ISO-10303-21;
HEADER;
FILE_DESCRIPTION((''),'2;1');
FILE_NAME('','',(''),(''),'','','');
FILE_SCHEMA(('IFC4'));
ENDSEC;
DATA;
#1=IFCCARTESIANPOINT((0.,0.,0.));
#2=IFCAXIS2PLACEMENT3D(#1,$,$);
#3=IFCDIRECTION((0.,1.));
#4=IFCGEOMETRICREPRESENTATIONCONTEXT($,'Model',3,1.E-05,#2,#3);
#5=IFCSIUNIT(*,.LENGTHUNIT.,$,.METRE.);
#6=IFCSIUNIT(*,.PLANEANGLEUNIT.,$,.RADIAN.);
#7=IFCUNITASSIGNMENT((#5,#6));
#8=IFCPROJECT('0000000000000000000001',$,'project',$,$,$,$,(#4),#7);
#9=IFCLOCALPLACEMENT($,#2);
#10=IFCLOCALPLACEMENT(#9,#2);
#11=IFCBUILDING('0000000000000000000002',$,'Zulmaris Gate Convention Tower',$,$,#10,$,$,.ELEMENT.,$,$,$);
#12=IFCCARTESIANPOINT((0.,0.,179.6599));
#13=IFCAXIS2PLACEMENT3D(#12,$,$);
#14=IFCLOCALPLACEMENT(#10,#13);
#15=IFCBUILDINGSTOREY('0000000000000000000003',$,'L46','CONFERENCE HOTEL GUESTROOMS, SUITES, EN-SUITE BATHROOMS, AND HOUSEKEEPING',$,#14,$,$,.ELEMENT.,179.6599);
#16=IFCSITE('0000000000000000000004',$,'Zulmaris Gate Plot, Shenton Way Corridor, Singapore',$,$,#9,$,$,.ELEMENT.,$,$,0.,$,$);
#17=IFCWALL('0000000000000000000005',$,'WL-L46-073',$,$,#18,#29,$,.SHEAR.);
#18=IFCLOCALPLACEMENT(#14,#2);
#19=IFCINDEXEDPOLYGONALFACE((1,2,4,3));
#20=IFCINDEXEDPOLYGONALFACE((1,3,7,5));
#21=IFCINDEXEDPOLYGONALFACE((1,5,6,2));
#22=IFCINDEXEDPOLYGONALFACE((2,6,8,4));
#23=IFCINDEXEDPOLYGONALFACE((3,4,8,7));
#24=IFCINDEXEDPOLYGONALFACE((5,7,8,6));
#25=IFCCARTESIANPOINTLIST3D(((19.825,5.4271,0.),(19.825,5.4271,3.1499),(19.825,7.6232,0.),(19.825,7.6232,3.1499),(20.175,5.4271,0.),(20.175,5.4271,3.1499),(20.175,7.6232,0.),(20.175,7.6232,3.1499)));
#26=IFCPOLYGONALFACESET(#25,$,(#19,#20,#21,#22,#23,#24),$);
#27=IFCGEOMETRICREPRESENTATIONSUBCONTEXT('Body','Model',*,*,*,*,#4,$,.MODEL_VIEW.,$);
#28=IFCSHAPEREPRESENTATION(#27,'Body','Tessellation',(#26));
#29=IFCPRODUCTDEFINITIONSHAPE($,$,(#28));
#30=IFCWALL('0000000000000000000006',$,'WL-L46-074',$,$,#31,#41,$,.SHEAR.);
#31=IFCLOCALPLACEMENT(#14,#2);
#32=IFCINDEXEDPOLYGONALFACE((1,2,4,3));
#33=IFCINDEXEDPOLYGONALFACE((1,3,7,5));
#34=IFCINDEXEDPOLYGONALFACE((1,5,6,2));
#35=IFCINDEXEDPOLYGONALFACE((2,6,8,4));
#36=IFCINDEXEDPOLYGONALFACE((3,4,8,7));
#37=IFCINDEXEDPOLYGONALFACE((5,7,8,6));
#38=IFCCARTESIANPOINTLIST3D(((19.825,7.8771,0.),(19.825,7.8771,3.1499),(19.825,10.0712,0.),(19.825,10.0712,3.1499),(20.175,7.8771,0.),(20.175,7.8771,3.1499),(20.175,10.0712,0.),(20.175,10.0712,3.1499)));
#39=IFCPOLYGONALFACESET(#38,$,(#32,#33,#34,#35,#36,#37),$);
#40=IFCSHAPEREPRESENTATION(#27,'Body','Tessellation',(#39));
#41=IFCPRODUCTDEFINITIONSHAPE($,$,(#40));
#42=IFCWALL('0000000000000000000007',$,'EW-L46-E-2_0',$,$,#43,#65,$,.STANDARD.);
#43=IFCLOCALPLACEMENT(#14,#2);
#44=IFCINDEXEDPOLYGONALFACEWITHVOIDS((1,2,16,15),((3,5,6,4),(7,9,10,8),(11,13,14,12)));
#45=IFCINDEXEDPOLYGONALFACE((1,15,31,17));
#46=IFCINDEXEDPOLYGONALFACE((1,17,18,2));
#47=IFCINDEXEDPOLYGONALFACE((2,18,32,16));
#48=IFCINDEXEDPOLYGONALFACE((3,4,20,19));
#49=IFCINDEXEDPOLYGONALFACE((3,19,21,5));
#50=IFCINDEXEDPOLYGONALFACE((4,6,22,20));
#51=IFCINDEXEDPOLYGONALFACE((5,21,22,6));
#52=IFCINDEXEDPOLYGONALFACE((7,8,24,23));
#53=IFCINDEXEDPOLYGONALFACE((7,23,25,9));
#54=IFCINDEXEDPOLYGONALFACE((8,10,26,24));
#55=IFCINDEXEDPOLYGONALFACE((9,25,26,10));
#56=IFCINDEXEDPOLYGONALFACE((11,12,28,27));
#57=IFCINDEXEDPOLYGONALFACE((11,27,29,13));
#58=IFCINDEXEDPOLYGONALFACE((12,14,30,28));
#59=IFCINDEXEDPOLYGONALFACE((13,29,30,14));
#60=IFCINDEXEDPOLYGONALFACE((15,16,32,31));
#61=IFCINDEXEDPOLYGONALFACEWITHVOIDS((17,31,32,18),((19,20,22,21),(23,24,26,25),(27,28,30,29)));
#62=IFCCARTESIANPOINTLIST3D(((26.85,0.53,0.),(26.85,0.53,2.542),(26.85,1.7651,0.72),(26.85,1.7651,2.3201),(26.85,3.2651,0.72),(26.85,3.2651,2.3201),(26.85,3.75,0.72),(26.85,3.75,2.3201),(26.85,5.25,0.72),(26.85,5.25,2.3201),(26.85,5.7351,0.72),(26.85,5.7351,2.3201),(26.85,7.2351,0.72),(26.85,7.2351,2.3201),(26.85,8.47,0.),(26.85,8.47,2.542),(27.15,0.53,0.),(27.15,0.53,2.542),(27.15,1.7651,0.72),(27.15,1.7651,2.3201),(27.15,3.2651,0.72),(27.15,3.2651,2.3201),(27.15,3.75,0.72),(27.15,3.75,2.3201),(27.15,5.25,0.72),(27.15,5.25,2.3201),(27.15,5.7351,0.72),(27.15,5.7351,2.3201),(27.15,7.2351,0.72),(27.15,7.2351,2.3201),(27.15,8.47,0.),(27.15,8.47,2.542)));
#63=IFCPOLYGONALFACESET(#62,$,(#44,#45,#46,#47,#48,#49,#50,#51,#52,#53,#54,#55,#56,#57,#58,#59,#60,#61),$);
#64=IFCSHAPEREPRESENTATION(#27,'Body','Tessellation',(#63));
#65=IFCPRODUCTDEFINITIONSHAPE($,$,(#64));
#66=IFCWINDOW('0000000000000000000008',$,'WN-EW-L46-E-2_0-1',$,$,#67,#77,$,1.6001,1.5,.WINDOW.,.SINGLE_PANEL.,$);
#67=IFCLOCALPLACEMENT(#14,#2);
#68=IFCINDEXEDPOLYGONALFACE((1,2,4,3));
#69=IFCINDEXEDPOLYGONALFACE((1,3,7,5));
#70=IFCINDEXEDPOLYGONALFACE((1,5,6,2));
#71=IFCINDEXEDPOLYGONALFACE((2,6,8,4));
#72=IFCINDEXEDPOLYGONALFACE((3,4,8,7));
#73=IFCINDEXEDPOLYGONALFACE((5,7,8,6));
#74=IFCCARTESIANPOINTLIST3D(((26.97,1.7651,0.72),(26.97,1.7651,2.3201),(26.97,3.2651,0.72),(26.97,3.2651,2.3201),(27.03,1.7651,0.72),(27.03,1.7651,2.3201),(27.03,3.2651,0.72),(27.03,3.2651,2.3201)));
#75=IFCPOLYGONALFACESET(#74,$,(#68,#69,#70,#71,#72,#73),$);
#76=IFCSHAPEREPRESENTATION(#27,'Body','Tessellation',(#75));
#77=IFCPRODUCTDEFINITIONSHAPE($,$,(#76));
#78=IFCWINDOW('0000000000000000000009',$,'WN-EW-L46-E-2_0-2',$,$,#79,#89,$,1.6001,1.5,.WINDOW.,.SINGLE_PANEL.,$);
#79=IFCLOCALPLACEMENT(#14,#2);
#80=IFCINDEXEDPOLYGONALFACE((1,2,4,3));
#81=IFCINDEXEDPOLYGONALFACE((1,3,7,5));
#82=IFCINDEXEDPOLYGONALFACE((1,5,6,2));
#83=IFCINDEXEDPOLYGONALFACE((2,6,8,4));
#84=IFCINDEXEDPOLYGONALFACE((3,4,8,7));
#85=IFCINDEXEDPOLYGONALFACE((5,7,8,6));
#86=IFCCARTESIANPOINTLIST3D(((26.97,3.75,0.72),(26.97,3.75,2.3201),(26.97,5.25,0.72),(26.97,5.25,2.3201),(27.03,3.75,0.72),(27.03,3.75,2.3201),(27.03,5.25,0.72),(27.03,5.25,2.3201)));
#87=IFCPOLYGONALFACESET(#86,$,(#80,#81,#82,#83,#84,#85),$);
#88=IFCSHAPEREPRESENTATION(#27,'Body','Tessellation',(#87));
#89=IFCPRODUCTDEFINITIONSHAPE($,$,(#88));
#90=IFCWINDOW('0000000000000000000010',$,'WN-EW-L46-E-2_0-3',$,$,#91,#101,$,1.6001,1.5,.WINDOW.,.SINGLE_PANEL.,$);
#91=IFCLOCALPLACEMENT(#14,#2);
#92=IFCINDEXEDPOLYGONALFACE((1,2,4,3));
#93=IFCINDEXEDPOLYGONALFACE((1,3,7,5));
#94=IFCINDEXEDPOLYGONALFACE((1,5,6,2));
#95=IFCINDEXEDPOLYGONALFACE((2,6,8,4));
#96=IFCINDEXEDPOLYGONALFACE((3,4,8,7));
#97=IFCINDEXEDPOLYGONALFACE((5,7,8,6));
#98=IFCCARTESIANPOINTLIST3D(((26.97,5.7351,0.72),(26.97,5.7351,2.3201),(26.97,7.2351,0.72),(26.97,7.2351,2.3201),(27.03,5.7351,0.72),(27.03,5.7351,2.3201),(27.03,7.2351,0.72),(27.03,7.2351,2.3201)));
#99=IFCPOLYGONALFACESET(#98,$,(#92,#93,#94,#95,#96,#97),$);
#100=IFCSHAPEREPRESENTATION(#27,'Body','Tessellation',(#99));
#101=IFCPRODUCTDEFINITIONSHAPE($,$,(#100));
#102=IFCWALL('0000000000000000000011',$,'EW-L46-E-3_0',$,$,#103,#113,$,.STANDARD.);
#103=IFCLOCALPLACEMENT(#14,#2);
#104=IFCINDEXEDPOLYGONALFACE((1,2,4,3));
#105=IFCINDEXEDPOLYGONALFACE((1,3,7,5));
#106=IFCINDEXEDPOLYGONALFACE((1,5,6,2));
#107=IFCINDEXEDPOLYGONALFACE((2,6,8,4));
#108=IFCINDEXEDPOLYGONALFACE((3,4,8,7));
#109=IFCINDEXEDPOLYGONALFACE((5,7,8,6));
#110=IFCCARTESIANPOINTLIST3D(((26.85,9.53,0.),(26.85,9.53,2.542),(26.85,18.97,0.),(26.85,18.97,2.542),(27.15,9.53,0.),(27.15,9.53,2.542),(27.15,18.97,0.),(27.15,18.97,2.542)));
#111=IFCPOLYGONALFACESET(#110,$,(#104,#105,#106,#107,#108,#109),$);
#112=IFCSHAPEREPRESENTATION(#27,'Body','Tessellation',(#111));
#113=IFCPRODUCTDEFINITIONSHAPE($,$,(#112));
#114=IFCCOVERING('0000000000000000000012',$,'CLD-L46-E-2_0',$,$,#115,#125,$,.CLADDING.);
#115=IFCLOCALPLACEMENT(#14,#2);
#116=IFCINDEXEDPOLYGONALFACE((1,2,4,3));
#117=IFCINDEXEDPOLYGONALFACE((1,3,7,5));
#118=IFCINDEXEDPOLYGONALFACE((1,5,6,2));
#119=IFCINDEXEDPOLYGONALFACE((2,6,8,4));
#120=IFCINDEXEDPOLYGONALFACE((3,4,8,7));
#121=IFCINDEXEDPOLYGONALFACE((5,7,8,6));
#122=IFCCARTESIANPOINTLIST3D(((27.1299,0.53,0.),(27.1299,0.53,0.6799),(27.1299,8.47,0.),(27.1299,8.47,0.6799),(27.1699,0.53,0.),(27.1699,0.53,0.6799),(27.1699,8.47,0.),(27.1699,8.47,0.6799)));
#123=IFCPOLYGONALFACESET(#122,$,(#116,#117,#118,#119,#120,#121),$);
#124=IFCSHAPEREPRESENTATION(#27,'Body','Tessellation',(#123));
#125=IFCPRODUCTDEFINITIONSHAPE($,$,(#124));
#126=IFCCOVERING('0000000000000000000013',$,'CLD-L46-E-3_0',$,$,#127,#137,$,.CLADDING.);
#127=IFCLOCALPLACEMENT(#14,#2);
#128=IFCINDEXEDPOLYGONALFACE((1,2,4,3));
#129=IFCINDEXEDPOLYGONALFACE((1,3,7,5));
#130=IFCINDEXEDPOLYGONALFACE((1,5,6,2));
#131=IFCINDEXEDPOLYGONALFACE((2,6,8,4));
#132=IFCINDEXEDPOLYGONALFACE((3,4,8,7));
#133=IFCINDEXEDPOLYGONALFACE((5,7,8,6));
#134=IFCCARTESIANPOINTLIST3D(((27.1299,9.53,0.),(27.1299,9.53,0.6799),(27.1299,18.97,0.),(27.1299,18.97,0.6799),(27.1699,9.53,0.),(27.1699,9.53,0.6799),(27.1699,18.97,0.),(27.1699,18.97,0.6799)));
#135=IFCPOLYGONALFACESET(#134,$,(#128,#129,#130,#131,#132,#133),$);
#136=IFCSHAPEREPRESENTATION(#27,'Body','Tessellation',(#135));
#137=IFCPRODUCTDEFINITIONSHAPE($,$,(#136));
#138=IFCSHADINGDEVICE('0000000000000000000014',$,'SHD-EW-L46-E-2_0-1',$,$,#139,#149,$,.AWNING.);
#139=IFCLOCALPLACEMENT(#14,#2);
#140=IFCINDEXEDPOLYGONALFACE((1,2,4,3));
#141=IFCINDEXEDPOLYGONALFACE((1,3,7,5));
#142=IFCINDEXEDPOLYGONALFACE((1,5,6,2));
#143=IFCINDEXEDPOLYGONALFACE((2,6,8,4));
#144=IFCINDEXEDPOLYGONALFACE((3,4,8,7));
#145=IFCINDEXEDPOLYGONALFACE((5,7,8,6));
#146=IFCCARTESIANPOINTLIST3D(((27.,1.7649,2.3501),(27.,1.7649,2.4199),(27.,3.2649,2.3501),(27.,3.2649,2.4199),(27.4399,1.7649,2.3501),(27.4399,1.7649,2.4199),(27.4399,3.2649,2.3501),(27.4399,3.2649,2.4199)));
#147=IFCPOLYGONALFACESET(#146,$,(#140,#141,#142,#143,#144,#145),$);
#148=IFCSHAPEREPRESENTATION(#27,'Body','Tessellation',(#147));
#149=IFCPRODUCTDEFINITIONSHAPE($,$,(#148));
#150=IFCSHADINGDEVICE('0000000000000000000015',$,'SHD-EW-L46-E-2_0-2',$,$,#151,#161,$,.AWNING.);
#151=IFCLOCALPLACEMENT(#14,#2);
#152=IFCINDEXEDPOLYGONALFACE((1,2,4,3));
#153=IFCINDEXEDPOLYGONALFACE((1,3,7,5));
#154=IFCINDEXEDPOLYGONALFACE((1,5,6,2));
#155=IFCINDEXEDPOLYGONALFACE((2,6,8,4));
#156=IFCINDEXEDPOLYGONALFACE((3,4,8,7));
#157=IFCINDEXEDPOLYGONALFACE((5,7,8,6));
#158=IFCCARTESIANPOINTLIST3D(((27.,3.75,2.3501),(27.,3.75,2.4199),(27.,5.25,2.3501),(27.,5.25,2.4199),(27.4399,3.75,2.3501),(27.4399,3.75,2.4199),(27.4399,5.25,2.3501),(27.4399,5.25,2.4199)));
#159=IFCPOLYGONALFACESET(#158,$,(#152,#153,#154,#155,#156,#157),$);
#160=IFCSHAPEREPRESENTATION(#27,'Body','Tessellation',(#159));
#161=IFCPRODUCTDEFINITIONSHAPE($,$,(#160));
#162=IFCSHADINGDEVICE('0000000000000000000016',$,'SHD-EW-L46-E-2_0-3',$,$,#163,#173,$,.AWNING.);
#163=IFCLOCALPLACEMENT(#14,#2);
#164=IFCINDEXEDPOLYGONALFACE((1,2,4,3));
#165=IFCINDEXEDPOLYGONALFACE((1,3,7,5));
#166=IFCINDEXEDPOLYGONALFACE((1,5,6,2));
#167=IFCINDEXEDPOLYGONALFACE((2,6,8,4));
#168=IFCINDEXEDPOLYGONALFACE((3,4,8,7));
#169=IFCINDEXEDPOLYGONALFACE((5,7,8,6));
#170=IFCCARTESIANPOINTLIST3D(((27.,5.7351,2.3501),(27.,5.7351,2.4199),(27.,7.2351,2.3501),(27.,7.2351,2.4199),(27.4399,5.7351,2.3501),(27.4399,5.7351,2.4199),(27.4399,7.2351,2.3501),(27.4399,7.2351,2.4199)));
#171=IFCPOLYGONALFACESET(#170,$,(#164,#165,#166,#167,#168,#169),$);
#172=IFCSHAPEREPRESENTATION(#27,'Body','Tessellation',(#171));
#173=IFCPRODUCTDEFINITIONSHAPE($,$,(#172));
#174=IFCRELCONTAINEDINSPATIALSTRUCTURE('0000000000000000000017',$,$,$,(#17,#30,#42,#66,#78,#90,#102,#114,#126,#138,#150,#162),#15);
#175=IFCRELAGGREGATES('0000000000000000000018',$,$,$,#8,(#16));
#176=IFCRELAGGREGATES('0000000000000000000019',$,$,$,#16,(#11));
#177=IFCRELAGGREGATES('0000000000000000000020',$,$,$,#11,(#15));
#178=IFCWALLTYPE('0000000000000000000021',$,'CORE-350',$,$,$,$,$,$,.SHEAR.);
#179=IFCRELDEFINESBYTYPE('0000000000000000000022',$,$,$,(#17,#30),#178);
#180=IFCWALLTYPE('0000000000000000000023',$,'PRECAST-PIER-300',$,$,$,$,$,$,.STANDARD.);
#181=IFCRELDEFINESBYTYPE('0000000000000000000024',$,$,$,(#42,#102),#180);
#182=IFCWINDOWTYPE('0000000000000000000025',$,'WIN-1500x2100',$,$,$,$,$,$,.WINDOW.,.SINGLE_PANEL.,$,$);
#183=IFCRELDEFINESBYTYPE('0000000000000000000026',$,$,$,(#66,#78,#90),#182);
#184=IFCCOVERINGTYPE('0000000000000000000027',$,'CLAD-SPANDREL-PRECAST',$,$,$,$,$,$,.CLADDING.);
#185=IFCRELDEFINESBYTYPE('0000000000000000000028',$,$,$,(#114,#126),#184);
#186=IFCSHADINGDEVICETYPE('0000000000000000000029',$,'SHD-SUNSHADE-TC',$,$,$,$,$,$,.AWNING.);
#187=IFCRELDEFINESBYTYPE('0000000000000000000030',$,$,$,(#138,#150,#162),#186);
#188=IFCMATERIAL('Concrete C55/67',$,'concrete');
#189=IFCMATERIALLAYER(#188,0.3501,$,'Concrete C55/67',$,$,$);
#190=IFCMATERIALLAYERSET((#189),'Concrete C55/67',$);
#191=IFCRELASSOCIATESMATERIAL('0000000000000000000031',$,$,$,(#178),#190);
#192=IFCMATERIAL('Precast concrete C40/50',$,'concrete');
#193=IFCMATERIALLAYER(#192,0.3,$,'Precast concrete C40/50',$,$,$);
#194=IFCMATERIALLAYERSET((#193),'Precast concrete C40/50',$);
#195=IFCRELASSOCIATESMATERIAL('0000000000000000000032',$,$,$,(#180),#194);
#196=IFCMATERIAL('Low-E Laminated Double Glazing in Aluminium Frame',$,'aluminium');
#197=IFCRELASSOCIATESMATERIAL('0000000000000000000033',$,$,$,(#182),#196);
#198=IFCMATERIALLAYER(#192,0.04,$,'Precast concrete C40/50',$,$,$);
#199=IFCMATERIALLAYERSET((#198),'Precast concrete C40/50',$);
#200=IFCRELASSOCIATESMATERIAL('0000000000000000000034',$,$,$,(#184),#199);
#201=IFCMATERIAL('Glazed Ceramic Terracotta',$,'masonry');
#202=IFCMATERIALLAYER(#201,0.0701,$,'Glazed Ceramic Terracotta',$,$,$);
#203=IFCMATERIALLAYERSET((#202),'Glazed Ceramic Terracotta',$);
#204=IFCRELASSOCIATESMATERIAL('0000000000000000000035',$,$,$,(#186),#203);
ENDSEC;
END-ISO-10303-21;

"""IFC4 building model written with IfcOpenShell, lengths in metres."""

from ifc_helpers import new_model, si_unit, direction, frame, frame_2d, origin, place, context, subcontext, project, spatial, rectangle, extrude, material, layer, layer_set, type_object, element, fill, save


model = new_model("IFC4")

# Units and contexts
model_context = context("Model", 3, precision=1e-05, world=origin(), true_north=direction((0.0, 1.0)))
body_context = subcontext(model_context, "Body", "Model", "MODEL_VIEW")
ifc_project = project(units=[si_unit("LENGTHUNIT", "METRE"), si_unit("PLANEANGLEUNIT", "RADIAN")], contexts=[model_context])

# Site, building, storey
site_placement = place(None, origin())
site = spatial("IfcSite", under=ifc_project, at=site_placement, Name="Zulmaris Gate Plot, Shenton Way Corridor, Singapore", CompositionType="ELEMENT", RefElevation=0.0)
building_placement = place(site_placement, origin())
building = spatial("IfcBuilding", under=site, at=building_placement, Name="Zulmaris Gate Convention Tower", CompositionType="ELEMENT")
storey_placement = place(building_placement, frame((0.0, 0.0, 179.6599)))
storey = spatial("IfcBuildingStorey", under=building, at=storey_placement, Name="L46", Description="CONFERENCE HOTEL GUESTROOMS, SUITES, EN-SUITE BATHROOMS, AND HOUSEKEEPING", CompositionType="ELEMENT", Elevation=179.6599)

# Walls
ifc_material_1 = material(Name="Concrete C55/67", Category="concrete")
ifc_layer_1 = layer(ifc_material_1, 0.3501, Name="Concrete C55/67")
ifc_layer_set_1 = layer_set([ifc_layer_1], Name="Concrete C55/67")
wall_type_1 = type_object("IfcWallType", Name="CORE-350", PredefinedType="SHEAR", material=ifc_layer_set_1)
wall_1_placement = place(storey_placement, frame((20.0, 5.427, 0.0), z_axis=(0.0, 0.0, 1.0), x_axis=(0.0, 1.0, 0.0)))
element("IfcWall", 1, at=wall_1_placement, inside=storey, type_object=wall_type_1, Name="WL-L46-073", PredefinedType="SHEAR", context=body_context, shape_type="SweptSolid", body=[
    extrude(rectangle(XDim=2.196, YDim=0.3501, at=frame_2d((1.0981, 0.0))), origin(), (0.0, 0.0, 1.0), 3.1499),
])
wall_2_placement = place(storey_placement, frame((20.0, 7.877, 0.0), z_axis=(0.0, 0.0, 1.0), x_axis=(0.0, 1.0, 0.0)))
element("IfcWall", 2, at=wall_2_placement, inside=storey, type_object=wall_type_1, Name="WL-L46-074", PredefinedType="SHEAR", context=body_context, shape_type="SweptSolid", body=[
    extrude(rectangle(XDim=2.1941, YDim=0.3501, at=frame_2d((1.0972, 0.0))), origin(), (0.0, 0.0, 1.0), 3.1499),
])

# Wall, openings, windows
ifc_material_2 = material(Name="Precast concrete C40/50", Category="concrete")
ifc_layer_2 = layer(ifc_material_2, 0.3, Name="Precast concrete C40/50")
ifc_layer_set_2 = layer_set([ifc_layer_2], Name="Precast concrete C40/50")
wall_type_2 = type_object("IfcWallType", Name="PRECAST-PIER-300", PredefinedType="STANDARD", material=ifc_layer_set_2)
wall_3_placement = place(storey_placement, frame((27.0, 0.53, 0.0), z_axis=(0.0, 0.0, 1.0), x_axis=(0.0, 1.0, 0.0)))
wall_3 = element("IfcWall", 3, at=wall_3_placement, inside=storey, type_object=wall_type_2, Name="EW-L46-E-2_0", PredefinedType="STANDARD", context=body_context, shape_type="SweptSolid", body=[
    extrude(rectangle(XDim=7.9399, YDim=0.3, at=frame_2d((3.97, 0.0))), origin(), (0.0, 0.0, 1.0), 2.542),
])
opening_1_placement = place(wall_3_placement, frame((1.2351, 0.0, 0.72)))
opening_1 = element("IfcOpeningElement", 4, at=opening_1_placement, cuts=wall_3, PredefinedType="OPENING", context=body_context, shape_type="SweptSolid", body=[
    extrude(rectangle(XDim=1.5, YDim=1.6001, at=frame_2d((0.75, 0.8))), frame((0.0, 0.1602, 0.0), z_axis=(0.0, -1.0, 0.0), x_axis=(1.0, 0.0, 0.0)), (0.0, 0.0, 1.0), 0.3201),
])
opening_2_placement = place(wall_3_placement, frame((3.22, 0.0, 0.72)))
opening_2 = element("IfcOpeningElement", 5, at=opening_2_placement, cuts=wall_3, PredefinedType="OPENING", context=body_context, shape_type="SweptSolid", body=[
    extrude(rectangle(XDim=1.5, YDim=1.6001, at=frame_2d((0.75, 0.8))), frame((0.0, 0.1602, 0.0), z_axis=(0.0, -1.0, 0.0), x_axis=(1.0, 0.0, 0.0)), (0.0, 0.0, 1.0), 0.3201),
])
opening_3_placement = place(wall_3_placement, frame((5.2051, 0.0, 0.72)))
opening_3 = element("IfcOpeningElement", 6, at=opening_3_placement, cuts=wall_3, PredefinedType="OPENING", context=body_context, shape_type="SweptSolid", body=[
    extrude(rectangle(XDim=1.5, YDim=1.6001, at=frame_2d((0.75, 0.8))), frame((0.0, 0.1602, 0.0), z_axis=(0.0, -1.0, 0.0), x_axis=(1.0, 0.0, 0.0)), (0.0, 0.0, 1.0), 0.3201),
])
ifc_material_3 = material(Name="Low-E Laminated Double Glazing in Aluminium Frame", Category="aluminium")
window_type = type_object("IfcWindowType", Name="WIN-1500x2100", PartitioningType="SINGLE_PANEL", PredefinedType="WINDOW", material=ifc_material_3)
window_1_placement = place(opening_1_placement, origin())
window_1 = element("IfcWindow", 7, at=window_1_placement, inside=storey, type_object=window_type, Name="WN-EW-L46-E-2_0-1", OverallHeight=1.6001, OverallWidth=1.5, PartitioningType="SINGLE_PANEL", PredefinedType="WINDOW", context=body_context, shape_type="SweptSolid", body=[
    extrude(rectangle(XDim=1.5, YDim=1.6001, at=frame_2d((0.75, 0.8))), frame((0.0, 0.03, 0.0), z_axis=(0.0, -1.0, 0.0), x_axis=(1.0, 0.0, 0.0)), (0.0, 0.0, 1.0), 0.0601),
])
fill(opening_1, window_1)
window_2_placement = place(opening_2_placement, origin())
window_2 = element("IfcWindow", 8, at=window_2_placement, inside=storey, type_object=window_type, Name="WN-EW-L46-E-2_0-2", OverallHeight=1.6001, OverallWidth=1.5, PartitioningType="SINGLE_PANEL", PredefinedType="WINDOW", context=body_context, shape_type="SweptSolid", body=[
    extrude(rectangle(XDim=1.5, YDim=1.6001, at=frame_2d((0.75, 0.8))), frame((0.0, 0.03, 0.0), z_axis=(0.0, -1.0, 0.0), x_axis=(1.0, 0.0, 0.0)), (0.0, 0.0, 1.0), 0.0601),
])
fill(opening_2, window_2)
window_3_placement = place(opening_3_placement, origin())
window_3 = element("IfcWindow", 9, at=window_3_placement, inside=storey, type_object=window_type, Name="WN-EW-L46-E-2_0-3", OverallHeight=1.6001, OverallWidth=1.5, PartitioningType="SINGLE_PANEL", PredefinedType="WINDOW", context=body_context, shape_type="SweptSolid", body=[
    extrude(rectangle(XDim=1.5, YDim=1.6001, at=frame_2d((0.75, 0.8))), frame((0.0, 0.03, 0.0), z_axis=(0.0, -1.0, 0.0), x_axis=(1.0, 0.0, 0.0)), (0.0, 0.0, 1.0), 0.0601),
])
fill(opening_3, window_3)

# Wall
wall_4_placement = place(storey_placement, frame((27.0, 9.53, 0.0), z_axis=(0.0, 0.0, 1.0), x_axis=(0.0, 1.0, 0.0)))
element("IfcWall", 10, at=wall_4_placement, inside=storey, type_object=wall_type_2, Name="EW-L46-E-3_0", PredefinedType="STANDARD", context=body_context, shape_type="SweptSolid", body=[
    extrude(rectangle(XDim=9.4399, YDim=0.3, at=frame_2d((4.72, 0.0))), origin(), (0.0, 0.0, 1.0), 2.542),
])

# Coverings
ifc_layer_3 = layer(ifc_material_2, 0.04, Name="Precast concrete C40/50")
ifc_layer_set_3 = layer_set([ifc_layer_3], Name="Precast concrete C40/50")
covering_type = type_object("IfcCoveringType", Name="CLAD-SPANDREL-PRECAST", PredefinedType="CLADDING", material=ifc_layer_set_3)
covering_1_placement = place(storey_placement, frame((27.1499, 0.53, 0.0), z_axis=(0.0, 0.0, 1.0), x_axis=(0.0, 1.0, 0.0)))
element("IfcCovering", 11, at=covering_1_placement, inside=storey, type_object=covering_type, Name="CLD-L46-E-2_0", PredefinedType="CLADDING", context=body_context, shape_type="SweptSolid", body=[
    extrude(rectangle(XDim=7.9399, YDim=0.04, at=frame_2d((3.97, 0.0))), origin(), (0.0, 0.0, 1.0), 0.6799),
])
covering_2_placement = place(storey_placement, frame((27.1499, 9.53, 0.0), z_axis=(0.0, 0.0, 1.0), x_axis=(0.0, 1.0, 0.0)))
element("IfcCovering", 12, at=covering_2_placement, inside=storey, type_object=covering_type, Name="CLD-L46-E-3_0", PredefinedType="CLADDING", context=body_context, shape_type="SweptSolid", body=[
    extrude(rectangle(XDim=9.4399, YDim=0.04, at=frame_2d((4.72, 0.0))), origin(), (0.0, 0.0, 1.0), 0.6799),
])

# Shading devices
ifc_material_4 = material(Name="Glazed Ceramic Terracotta", Category="masonry")
ifc_layer_4 = layer(ifc_material_4, 0.0701, Name="Glazed Ceramic Terracotta")
ifc_layer_set_4 = layer_set([ifc_layer_4], Name="Glazed Ceramic Terracotta")
shading_device_type = type_object("IfcShadingDeviceType", Name="SHD-SUNSHADE-TC", PredefinedType="AWNING", material=ifc_layer_set_4)
for number, where, z_axis, x_axis, name in (
    (13, (27.22, 1.7649, 2.3501), (0.0, 0.0, 1.0), (0.0, 1.0, 0.0), "SHD-EW-L46-E-2_0-1"),
    (14, (27.22, 3.75, 2.3501), (0.0, 0.0, 1.0), (0.0, 1.0, 0.0), "SHD-EW-L46-E-2_0-2"),
    (15, (27.22, 5.7351, 2.3501), (0.0, 0.0, 1.0), (0.0, 1.0, 0.0), "SHD-EW-L46-E-2_0-3"),
):
    element("IfcShadingDevice", number, at=place(storey_placement, frame(where, z_axis=z_axis, x_axis=x_axis)), inside=storey, type_object=shading_device_type, Name=name, PredefinedType="AWNING", context=body_context, shape_type="SweptSolid", body=[
        extrude(rectangle(XDim=1.5, YDim=0.4399, at=frame_2d((0.75, 0.0))), origin(), (0.0, 0.0, 1.0), 0.0698),
    ])

save(model, "model.ifc")
